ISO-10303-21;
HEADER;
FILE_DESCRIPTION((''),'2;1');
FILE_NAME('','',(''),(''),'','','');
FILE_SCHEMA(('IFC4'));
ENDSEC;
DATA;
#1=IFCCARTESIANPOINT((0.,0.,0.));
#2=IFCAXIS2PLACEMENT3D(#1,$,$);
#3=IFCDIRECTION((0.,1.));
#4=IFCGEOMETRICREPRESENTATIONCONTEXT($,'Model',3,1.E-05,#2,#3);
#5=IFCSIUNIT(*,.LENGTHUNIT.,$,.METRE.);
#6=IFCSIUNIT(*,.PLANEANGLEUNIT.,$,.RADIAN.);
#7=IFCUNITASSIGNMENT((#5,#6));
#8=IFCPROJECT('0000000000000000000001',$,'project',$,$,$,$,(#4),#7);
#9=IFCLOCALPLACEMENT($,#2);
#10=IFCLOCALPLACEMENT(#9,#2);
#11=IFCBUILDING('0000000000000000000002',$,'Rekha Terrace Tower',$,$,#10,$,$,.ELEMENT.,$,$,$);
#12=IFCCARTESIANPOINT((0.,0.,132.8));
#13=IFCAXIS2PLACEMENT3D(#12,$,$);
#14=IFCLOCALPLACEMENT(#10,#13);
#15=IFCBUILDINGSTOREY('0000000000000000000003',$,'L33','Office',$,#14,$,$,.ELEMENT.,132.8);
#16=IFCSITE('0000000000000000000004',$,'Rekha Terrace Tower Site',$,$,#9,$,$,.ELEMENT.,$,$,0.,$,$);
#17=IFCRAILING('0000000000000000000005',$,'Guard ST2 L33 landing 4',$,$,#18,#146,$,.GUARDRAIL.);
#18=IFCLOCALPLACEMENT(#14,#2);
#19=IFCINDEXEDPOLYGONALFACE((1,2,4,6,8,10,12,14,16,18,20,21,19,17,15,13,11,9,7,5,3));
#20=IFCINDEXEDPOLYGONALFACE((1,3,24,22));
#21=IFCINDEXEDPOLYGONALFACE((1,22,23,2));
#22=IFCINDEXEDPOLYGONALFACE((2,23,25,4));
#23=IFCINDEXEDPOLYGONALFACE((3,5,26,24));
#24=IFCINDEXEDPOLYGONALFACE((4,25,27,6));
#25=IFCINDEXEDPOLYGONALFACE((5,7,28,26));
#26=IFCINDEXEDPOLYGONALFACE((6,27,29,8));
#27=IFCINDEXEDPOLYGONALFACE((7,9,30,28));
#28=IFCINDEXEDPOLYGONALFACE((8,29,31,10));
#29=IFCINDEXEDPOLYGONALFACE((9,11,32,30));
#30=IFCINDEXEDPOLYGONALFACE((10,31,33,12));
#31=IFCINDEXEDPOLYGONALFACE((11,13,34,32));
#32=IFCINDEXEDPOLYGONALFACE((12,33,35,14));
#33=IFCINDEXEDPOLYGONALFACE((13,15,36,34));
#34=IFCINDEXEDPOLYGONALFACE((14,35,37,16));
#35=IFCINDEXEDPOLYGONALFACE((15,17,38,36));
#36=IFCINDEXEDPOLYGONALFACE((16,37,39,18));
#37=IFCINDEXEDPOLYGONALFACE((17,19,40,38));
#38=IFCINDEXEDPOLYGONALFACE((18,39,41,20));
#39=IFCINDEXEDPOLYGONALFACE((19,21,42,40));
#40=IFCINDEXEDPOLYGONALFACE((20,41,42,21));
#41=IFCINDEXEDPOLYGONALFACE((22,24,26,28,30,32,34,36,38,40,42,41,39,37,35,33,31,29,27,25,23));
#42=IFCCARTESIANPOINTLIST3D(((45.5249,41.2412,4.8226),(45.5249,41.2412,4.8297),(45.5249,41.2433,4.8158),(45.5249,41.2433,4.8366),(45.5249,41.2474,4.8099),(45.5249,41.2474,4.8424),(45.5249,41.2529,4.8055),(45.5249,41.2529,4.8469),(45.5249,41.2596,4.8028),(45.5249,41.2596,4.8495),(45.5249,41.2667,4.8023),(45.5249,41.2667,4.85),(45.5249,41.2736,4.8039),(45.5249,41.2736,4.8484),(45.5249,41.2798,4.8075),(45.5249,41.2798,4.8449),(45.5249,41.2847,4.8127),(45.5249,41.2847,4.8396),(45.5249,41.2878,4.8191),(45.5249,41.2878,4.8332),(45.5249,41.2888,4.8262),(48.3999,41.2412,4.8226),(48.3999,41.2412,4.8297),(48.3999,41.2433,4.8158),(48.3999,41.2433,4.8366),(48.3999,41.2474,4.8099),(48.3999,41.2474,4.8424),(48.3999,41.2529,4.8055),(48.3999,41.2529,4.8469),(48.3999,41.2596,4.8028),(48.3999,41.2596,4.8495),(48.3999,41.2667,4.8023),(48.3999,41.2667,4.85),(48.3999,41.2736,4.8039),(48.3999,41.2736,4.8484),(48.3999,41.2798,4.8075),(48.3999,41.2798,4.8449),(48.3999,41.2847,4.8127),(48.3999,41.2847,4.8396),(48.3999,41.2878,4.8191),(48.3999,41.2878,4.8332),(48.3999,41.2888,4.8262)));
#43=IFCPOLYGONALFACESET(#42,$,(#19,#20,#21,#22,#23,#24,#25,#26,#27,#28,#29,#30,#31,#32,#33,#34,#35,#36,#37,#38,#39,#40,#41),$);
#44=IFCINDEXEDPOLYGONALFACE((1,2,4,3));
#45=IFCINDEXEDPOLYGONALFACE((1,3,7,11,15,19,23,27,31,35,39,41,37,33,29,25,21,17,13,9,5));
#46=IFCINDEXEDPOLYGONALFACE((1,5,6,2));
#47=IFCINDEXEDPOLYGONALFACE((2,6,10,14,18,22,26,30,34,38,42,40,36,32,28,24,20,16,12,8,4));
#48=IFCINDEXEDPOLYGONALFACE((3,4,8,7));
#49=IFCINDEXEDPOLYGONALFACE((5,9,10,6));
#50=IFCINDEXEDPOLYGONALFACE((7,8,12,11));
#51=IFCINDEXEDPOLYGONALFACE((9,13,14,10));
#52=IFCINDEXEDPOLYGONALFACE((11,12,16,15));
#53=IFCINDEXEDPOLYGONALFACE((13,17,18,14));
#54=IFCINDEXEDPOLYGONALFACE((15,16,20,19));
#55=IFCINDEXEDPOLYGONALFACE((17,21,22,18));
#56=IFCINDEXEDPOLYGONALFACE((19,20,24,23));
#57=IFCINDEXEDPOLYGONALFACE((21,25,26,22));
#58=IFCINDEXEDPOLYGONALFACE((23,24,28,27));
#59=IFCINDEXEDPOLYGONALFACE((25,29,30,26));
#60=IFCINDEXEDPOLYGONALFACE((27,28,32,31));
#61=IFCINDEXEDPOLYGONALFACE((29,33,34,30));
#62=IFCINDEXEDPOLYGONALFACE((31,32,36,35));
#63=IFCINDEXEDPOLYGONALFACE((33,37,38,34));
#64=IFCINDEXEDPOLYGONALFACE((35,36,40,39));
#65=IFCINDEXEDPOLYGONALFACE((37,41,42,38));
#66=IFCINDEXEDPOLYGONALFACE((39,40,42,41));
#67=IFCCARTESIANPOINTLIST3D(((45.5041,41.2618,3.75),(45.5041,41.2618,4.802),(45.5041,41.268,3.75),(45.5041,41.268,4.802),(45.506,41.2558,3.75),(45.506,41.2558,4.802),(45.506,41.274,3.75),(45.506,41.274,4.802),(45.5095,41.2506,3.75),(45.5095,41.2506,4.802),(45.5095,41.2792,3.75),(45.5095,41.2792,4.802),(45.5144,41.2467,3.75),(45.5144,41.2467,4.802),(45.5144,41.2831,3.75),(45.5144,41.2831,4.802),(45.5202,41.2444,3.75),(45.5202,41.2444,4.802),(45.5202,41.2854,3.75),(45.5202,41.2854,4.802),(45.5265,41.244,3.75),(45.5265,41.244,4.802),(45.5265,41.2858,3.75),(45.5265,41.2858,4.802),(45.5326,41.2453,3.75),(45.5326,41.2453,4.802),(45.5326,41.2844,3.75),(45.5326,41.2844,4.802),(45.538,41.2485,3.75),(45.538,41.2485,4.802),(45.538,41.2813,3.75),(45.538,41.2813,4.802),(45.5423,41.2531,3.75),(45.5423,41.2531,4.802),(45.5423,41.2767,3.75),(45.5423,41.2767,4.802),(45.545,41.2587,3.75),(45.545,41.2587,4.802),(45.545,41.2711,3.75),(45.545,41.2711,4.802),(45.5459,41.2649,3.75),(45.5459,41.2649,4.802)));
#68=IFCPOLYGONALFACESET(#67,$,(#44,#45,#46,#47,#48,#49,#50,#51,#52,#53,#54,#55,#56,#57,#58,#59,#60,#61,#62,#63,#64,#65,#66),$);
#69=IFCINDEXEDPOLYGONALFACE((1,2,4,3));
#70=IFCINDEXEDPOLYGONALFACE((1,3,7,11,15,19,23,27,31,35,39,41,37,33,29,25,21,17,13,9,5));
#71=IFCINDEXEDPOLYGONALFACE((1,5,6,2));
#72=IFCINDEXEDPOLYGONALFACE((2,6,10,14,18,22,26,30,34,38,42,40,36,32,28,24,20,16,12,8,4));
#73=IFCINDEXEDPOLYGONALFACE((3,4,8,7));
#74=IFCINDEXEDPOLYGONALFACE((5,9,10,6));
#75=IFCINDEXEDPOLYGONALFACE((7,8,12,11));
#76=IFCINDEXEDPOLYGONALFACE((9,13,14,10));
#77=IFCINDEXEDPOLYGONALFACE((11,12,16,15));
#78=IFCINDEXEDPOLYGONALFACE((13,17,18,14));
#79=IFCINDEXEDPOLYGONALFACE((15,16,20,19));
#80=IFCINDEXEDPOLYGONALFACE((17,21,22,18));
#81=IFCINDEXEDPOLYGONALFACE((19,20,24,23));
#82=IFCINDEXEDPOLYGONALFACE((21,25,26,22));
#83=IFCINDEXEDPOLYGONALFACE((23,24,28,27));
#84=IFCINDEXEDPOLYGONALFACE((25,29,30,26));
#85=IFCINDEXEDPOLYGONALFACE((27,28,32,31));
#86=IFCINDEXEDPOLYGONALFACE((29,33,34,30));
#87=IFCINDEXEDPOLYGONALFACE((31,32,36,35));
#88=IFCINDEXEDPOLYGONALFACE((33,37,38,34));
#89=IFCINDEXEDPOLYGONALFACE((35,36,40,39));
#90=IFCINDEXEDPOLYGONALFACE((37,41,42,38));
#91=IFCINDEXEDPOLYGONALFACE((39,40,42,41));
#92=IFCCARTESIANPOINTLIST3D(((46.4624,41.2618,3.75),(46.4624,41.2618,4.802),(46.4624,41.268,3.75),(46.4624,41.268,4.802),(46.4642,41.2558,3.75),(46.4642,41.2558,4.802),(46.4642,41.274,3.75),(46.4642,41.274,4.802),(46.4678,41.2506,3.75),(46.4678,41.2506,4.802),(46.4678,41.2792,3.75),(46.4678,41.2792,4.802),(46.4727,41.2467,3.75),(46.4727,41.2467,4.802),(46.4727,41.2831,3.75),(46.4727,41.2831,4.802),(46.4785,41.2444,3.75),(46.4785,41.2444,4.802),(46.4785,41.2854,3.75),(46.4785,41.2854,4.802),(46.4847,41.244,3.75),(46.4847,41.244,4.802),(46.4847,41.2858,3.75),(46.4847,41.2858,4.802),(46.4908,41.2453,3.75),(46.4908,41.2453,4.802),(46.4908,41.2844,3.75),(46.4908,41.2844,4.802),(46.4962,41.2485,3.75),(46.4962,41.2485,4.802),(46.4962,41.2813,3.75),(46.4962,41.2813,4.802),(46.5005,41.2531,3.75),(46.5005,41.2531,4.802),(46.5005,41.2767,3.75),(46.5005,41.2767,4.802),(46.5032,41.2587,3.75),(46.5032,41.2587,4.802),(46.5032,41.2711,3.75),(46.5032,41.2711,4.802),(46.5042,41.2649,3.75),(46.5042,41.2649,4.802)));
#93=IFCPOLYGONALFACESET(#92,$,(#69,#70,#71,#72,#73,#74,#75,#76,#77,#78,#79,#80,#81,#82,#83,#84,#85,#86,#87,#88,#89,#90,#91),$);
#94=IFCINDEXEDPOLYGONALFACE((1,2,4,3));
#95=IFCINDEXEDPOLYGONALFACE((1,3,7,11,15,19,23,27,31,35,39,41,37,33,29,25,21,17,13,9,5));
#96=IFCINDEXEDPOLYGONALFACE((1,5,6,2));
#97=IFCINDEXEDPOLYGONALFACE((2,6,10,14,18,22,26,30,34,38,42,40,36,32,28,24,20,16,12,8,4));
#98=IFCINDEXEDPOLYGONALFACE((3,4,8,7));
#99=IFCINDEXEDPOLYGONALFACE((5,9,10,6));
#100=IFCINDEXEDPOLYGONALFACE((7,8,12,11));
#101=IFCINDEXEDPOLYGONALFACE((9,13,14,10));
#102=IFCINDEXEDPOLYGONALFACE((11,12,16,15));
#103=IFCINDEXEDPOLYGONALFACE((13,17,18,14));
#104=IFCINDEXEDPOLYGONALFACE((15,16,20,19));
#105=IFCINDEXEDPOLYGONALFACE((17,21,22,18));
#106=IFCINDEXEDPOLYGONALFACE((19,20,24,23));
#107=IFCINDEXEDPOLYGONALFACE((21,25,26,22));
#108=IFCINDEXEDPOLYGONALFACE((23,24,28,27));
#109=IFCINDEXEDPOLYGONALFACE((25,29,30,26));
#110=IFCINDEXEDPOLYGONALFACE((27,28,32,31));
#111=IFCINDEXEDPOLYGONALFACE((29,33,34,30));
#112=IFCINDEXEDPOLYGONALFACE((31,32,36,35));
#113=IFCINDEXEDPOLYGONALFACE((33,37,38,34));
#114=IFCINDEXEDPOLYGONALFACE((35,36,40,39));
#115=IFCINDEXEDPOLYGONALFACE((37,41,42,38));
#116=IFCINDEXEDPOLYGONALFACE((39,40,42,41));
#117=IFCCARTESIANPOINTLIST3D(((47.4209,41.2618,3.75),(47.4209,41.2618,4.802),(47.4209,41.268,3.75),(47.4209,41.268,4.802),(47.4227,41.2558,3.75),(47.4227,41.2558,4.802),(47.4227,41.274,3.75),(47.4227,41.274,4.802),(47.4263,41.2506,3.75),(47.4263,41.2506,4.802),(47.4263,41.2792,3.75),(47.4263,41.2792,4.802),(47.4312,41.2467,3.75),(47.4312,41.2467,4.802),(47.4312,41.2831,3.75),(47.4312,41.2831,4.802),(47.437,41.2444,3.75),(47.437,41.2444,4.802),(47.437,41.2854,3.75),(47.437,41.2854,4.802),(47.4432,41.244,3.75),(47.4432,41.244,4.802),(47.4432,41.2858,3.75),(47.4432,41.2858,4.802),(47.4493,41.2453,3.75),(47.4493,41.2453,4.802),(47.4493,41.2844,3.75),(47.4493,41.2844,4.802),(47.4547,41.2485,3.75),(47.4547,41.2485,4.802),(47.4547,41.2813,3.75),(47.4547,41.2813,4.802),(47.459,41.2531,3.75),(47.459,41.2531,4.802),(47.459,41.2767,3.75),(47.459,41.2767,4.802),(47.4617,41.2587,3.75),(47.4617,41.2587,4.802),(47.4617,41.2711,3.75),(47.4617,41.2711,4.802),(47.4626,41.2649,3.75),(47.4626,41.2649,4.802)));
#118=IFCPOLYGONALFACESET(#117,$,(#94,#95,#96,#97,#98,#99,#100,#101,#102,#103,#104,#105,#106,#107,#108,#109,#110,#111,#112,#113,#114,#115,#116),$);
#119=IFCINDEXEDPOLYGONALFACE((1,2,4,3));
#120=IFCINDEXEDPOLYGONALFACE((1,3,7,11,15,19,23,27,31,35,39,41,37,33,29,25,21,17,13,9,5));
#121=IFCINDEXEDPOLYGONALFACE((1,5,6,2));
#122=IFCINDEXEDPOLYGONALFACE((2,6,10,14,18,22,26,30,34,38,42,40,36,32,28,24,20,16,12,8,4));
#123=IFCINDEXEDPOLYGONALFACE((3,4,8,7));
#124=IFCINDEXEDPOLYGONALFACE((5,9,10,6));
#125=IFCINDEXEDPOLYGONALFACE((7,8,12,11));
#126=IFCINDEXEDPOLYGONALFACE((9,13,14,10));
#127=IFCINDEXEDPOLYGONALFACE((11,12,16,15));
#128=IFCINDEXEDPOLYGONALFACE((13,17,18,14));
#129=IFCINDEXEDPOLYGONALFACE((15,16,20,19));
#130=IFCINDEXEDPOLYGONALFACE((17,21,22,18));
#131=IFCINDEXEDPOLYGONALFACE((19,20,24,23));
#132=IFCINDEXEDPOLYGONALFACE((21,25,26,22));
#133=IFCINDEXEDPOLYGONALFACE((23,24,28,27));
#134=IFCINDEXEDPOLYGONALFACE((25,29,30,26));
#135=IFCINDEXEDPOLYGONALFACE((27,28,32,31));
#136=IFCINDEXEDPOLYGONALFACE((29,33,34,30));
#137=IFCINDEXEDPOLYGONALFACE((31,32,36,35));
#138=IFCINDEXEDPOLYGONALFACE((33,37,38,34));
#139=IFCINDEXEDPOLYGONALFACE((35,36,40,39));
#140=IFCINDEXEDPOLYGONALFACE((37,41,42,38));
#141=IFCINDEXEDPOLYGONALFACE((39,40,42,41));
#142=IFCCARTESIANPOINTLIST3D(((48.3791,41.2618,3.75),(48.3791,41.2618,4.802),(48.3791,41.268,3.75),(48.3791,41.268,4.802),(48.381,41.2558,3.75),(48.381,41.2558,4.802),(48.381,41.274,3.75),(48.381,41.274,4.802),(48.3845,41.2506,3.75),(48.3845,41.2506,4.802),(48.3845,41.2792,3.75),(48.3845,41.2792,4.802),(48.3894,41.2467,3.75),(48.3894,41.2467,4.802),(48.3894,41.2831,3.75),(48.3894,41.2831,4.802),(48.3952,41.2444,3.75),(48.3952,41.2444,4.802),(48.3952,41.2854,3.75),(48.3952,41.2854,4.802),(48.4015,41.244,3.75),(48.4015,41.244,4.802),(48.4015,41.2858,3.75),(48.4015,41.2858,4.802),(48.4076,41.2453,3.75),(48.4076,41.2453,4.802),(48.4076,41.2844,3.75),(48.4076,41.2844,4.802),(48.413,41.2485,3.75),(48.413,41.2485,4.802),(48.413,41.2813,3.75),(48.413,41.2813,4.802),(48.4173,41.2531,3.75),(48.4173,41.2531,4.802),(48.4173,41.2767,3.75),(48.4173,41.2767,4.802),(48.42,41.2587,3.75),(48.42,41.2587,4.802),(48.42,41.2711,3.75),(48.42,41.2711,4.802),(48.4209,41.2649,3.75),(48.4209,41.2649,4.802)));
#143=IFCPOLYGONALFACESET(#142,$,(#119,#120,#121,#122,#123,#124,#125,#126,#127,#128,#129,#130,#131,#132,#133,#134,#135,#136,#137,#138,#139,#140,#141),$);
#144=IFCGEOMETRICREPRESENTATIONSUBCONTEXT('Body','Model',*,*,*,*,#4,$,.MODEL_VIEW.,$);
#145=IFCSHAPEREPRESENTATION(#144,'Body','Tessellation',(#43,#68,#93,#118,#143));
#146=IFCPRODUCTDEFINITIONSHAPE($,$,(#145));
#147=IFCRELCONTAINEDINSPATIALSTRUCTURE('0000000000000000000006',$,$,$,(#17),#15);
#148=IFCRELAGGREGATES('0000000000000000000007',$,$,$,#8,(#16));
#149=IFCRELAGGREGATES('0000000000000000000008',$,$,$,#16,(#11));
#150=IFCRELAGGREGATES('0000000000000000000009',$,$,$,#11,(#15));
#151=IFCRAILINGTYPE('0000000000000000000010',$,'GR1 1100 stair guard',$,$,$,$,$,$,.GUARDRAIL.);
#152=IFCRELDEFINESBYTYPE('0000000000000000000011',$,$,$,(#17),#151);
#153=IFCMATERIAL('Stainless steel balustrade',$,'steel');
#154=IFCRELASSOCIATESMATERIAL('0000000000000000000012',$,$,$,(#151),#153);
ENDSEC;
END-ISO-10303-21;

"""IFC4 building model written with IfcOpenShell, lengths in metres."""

from ifc_helpers import new_model, si_unit, direction, frame, origin, origin_2d, place, context, subcontext, project, spatial, circle, extrude, material, type_object, element, save


model = new_model("IFC4")

# Units and contexts
model_context = context("Model", 3, precision=1e-05, world=origin(), true_north=direction((0.0, 1.0)))
body_context = subcontext(model_context, "Body", "Model", "MODEL_VIEW")
ifc_project = project(units=[si_unit("LENGTHUNIT", "METRE"), si_unit("PLANEANGLEUNIT", "RADIAN")], contexts=[model_context])

# Site, building, storey
site_placement = place(None, origin())
site = spatial("IfcSite", under=ifc_project, at=site_placement, Name="Rekha Terrace Tower Site", CompositionType="ELEMENT", RefElevation=0.0)
building_placement = place(site_placement, origin())
building = spatial("IfcBuilding", under=site, at=building_placement, Name="Rekha Terrace Tower", CompositionType="ELEMENT")
storey_placement = place(building_placement, frame((0.0, 0.0, 132.8)))
storey = spatial("IfcBuildingStorey", under=building, at=storey_placement, Name="L33", Description="Office", CompositionType="ELEMENT", Elevation=132.8)

# Railing
ifc_material_1 = material(Name="Stainless steel balustrade", Category="steel")
railing_type_1 = type_object("IfcRailingType", Name="GR1 1100 stair guard", PredefinedType="GUARDRAIL", material=ifc_material_1)
railing_1_placement = place(storey_placement, frame((45.5249, 41.2649, 3.75)))
element("IfcRailing", 1, at=railing_1_placement, inside=storey, type_object=railing_type_1, Name="Guard ST2 L33 landing 4", PredefinedType="GUARDRAIL", context=body_context, shape_type="SweptSolid", body=[
    extrude(circle(Radius=0.0239, at=origin_2d()), frame((0.0, 0.0, 1.0762), z_axis=(1.0, 0.0, 0.0), x_axis=(0.0, 1.0, 0.0)), (0.0, 0.0, 1.0), 2.875),
    extrude(circle(Radius=0.021, at=origin_2d()), origin(), (0.0, 0.0, 1.0), 1.052),
    extrude(circle(Radius=0.021, at=origin_2d()), frame((0.9583, 0.0, 0.0)), (0.0, 0.0, 1.0), 1.052),
    extrude(circle(Radius=0.021, at=origin_2d()), frame((1.9167, 0.0, 0.0)), (0.0, 0.0, 1.0), 1.052),
    extrude(circle(Radius=0.021, at=origin_2d()), frame((2.875, 0.0, 0.0)), (0.0, 0.0, 1.0), 1.052),
])

save(model, "model.ifc")
